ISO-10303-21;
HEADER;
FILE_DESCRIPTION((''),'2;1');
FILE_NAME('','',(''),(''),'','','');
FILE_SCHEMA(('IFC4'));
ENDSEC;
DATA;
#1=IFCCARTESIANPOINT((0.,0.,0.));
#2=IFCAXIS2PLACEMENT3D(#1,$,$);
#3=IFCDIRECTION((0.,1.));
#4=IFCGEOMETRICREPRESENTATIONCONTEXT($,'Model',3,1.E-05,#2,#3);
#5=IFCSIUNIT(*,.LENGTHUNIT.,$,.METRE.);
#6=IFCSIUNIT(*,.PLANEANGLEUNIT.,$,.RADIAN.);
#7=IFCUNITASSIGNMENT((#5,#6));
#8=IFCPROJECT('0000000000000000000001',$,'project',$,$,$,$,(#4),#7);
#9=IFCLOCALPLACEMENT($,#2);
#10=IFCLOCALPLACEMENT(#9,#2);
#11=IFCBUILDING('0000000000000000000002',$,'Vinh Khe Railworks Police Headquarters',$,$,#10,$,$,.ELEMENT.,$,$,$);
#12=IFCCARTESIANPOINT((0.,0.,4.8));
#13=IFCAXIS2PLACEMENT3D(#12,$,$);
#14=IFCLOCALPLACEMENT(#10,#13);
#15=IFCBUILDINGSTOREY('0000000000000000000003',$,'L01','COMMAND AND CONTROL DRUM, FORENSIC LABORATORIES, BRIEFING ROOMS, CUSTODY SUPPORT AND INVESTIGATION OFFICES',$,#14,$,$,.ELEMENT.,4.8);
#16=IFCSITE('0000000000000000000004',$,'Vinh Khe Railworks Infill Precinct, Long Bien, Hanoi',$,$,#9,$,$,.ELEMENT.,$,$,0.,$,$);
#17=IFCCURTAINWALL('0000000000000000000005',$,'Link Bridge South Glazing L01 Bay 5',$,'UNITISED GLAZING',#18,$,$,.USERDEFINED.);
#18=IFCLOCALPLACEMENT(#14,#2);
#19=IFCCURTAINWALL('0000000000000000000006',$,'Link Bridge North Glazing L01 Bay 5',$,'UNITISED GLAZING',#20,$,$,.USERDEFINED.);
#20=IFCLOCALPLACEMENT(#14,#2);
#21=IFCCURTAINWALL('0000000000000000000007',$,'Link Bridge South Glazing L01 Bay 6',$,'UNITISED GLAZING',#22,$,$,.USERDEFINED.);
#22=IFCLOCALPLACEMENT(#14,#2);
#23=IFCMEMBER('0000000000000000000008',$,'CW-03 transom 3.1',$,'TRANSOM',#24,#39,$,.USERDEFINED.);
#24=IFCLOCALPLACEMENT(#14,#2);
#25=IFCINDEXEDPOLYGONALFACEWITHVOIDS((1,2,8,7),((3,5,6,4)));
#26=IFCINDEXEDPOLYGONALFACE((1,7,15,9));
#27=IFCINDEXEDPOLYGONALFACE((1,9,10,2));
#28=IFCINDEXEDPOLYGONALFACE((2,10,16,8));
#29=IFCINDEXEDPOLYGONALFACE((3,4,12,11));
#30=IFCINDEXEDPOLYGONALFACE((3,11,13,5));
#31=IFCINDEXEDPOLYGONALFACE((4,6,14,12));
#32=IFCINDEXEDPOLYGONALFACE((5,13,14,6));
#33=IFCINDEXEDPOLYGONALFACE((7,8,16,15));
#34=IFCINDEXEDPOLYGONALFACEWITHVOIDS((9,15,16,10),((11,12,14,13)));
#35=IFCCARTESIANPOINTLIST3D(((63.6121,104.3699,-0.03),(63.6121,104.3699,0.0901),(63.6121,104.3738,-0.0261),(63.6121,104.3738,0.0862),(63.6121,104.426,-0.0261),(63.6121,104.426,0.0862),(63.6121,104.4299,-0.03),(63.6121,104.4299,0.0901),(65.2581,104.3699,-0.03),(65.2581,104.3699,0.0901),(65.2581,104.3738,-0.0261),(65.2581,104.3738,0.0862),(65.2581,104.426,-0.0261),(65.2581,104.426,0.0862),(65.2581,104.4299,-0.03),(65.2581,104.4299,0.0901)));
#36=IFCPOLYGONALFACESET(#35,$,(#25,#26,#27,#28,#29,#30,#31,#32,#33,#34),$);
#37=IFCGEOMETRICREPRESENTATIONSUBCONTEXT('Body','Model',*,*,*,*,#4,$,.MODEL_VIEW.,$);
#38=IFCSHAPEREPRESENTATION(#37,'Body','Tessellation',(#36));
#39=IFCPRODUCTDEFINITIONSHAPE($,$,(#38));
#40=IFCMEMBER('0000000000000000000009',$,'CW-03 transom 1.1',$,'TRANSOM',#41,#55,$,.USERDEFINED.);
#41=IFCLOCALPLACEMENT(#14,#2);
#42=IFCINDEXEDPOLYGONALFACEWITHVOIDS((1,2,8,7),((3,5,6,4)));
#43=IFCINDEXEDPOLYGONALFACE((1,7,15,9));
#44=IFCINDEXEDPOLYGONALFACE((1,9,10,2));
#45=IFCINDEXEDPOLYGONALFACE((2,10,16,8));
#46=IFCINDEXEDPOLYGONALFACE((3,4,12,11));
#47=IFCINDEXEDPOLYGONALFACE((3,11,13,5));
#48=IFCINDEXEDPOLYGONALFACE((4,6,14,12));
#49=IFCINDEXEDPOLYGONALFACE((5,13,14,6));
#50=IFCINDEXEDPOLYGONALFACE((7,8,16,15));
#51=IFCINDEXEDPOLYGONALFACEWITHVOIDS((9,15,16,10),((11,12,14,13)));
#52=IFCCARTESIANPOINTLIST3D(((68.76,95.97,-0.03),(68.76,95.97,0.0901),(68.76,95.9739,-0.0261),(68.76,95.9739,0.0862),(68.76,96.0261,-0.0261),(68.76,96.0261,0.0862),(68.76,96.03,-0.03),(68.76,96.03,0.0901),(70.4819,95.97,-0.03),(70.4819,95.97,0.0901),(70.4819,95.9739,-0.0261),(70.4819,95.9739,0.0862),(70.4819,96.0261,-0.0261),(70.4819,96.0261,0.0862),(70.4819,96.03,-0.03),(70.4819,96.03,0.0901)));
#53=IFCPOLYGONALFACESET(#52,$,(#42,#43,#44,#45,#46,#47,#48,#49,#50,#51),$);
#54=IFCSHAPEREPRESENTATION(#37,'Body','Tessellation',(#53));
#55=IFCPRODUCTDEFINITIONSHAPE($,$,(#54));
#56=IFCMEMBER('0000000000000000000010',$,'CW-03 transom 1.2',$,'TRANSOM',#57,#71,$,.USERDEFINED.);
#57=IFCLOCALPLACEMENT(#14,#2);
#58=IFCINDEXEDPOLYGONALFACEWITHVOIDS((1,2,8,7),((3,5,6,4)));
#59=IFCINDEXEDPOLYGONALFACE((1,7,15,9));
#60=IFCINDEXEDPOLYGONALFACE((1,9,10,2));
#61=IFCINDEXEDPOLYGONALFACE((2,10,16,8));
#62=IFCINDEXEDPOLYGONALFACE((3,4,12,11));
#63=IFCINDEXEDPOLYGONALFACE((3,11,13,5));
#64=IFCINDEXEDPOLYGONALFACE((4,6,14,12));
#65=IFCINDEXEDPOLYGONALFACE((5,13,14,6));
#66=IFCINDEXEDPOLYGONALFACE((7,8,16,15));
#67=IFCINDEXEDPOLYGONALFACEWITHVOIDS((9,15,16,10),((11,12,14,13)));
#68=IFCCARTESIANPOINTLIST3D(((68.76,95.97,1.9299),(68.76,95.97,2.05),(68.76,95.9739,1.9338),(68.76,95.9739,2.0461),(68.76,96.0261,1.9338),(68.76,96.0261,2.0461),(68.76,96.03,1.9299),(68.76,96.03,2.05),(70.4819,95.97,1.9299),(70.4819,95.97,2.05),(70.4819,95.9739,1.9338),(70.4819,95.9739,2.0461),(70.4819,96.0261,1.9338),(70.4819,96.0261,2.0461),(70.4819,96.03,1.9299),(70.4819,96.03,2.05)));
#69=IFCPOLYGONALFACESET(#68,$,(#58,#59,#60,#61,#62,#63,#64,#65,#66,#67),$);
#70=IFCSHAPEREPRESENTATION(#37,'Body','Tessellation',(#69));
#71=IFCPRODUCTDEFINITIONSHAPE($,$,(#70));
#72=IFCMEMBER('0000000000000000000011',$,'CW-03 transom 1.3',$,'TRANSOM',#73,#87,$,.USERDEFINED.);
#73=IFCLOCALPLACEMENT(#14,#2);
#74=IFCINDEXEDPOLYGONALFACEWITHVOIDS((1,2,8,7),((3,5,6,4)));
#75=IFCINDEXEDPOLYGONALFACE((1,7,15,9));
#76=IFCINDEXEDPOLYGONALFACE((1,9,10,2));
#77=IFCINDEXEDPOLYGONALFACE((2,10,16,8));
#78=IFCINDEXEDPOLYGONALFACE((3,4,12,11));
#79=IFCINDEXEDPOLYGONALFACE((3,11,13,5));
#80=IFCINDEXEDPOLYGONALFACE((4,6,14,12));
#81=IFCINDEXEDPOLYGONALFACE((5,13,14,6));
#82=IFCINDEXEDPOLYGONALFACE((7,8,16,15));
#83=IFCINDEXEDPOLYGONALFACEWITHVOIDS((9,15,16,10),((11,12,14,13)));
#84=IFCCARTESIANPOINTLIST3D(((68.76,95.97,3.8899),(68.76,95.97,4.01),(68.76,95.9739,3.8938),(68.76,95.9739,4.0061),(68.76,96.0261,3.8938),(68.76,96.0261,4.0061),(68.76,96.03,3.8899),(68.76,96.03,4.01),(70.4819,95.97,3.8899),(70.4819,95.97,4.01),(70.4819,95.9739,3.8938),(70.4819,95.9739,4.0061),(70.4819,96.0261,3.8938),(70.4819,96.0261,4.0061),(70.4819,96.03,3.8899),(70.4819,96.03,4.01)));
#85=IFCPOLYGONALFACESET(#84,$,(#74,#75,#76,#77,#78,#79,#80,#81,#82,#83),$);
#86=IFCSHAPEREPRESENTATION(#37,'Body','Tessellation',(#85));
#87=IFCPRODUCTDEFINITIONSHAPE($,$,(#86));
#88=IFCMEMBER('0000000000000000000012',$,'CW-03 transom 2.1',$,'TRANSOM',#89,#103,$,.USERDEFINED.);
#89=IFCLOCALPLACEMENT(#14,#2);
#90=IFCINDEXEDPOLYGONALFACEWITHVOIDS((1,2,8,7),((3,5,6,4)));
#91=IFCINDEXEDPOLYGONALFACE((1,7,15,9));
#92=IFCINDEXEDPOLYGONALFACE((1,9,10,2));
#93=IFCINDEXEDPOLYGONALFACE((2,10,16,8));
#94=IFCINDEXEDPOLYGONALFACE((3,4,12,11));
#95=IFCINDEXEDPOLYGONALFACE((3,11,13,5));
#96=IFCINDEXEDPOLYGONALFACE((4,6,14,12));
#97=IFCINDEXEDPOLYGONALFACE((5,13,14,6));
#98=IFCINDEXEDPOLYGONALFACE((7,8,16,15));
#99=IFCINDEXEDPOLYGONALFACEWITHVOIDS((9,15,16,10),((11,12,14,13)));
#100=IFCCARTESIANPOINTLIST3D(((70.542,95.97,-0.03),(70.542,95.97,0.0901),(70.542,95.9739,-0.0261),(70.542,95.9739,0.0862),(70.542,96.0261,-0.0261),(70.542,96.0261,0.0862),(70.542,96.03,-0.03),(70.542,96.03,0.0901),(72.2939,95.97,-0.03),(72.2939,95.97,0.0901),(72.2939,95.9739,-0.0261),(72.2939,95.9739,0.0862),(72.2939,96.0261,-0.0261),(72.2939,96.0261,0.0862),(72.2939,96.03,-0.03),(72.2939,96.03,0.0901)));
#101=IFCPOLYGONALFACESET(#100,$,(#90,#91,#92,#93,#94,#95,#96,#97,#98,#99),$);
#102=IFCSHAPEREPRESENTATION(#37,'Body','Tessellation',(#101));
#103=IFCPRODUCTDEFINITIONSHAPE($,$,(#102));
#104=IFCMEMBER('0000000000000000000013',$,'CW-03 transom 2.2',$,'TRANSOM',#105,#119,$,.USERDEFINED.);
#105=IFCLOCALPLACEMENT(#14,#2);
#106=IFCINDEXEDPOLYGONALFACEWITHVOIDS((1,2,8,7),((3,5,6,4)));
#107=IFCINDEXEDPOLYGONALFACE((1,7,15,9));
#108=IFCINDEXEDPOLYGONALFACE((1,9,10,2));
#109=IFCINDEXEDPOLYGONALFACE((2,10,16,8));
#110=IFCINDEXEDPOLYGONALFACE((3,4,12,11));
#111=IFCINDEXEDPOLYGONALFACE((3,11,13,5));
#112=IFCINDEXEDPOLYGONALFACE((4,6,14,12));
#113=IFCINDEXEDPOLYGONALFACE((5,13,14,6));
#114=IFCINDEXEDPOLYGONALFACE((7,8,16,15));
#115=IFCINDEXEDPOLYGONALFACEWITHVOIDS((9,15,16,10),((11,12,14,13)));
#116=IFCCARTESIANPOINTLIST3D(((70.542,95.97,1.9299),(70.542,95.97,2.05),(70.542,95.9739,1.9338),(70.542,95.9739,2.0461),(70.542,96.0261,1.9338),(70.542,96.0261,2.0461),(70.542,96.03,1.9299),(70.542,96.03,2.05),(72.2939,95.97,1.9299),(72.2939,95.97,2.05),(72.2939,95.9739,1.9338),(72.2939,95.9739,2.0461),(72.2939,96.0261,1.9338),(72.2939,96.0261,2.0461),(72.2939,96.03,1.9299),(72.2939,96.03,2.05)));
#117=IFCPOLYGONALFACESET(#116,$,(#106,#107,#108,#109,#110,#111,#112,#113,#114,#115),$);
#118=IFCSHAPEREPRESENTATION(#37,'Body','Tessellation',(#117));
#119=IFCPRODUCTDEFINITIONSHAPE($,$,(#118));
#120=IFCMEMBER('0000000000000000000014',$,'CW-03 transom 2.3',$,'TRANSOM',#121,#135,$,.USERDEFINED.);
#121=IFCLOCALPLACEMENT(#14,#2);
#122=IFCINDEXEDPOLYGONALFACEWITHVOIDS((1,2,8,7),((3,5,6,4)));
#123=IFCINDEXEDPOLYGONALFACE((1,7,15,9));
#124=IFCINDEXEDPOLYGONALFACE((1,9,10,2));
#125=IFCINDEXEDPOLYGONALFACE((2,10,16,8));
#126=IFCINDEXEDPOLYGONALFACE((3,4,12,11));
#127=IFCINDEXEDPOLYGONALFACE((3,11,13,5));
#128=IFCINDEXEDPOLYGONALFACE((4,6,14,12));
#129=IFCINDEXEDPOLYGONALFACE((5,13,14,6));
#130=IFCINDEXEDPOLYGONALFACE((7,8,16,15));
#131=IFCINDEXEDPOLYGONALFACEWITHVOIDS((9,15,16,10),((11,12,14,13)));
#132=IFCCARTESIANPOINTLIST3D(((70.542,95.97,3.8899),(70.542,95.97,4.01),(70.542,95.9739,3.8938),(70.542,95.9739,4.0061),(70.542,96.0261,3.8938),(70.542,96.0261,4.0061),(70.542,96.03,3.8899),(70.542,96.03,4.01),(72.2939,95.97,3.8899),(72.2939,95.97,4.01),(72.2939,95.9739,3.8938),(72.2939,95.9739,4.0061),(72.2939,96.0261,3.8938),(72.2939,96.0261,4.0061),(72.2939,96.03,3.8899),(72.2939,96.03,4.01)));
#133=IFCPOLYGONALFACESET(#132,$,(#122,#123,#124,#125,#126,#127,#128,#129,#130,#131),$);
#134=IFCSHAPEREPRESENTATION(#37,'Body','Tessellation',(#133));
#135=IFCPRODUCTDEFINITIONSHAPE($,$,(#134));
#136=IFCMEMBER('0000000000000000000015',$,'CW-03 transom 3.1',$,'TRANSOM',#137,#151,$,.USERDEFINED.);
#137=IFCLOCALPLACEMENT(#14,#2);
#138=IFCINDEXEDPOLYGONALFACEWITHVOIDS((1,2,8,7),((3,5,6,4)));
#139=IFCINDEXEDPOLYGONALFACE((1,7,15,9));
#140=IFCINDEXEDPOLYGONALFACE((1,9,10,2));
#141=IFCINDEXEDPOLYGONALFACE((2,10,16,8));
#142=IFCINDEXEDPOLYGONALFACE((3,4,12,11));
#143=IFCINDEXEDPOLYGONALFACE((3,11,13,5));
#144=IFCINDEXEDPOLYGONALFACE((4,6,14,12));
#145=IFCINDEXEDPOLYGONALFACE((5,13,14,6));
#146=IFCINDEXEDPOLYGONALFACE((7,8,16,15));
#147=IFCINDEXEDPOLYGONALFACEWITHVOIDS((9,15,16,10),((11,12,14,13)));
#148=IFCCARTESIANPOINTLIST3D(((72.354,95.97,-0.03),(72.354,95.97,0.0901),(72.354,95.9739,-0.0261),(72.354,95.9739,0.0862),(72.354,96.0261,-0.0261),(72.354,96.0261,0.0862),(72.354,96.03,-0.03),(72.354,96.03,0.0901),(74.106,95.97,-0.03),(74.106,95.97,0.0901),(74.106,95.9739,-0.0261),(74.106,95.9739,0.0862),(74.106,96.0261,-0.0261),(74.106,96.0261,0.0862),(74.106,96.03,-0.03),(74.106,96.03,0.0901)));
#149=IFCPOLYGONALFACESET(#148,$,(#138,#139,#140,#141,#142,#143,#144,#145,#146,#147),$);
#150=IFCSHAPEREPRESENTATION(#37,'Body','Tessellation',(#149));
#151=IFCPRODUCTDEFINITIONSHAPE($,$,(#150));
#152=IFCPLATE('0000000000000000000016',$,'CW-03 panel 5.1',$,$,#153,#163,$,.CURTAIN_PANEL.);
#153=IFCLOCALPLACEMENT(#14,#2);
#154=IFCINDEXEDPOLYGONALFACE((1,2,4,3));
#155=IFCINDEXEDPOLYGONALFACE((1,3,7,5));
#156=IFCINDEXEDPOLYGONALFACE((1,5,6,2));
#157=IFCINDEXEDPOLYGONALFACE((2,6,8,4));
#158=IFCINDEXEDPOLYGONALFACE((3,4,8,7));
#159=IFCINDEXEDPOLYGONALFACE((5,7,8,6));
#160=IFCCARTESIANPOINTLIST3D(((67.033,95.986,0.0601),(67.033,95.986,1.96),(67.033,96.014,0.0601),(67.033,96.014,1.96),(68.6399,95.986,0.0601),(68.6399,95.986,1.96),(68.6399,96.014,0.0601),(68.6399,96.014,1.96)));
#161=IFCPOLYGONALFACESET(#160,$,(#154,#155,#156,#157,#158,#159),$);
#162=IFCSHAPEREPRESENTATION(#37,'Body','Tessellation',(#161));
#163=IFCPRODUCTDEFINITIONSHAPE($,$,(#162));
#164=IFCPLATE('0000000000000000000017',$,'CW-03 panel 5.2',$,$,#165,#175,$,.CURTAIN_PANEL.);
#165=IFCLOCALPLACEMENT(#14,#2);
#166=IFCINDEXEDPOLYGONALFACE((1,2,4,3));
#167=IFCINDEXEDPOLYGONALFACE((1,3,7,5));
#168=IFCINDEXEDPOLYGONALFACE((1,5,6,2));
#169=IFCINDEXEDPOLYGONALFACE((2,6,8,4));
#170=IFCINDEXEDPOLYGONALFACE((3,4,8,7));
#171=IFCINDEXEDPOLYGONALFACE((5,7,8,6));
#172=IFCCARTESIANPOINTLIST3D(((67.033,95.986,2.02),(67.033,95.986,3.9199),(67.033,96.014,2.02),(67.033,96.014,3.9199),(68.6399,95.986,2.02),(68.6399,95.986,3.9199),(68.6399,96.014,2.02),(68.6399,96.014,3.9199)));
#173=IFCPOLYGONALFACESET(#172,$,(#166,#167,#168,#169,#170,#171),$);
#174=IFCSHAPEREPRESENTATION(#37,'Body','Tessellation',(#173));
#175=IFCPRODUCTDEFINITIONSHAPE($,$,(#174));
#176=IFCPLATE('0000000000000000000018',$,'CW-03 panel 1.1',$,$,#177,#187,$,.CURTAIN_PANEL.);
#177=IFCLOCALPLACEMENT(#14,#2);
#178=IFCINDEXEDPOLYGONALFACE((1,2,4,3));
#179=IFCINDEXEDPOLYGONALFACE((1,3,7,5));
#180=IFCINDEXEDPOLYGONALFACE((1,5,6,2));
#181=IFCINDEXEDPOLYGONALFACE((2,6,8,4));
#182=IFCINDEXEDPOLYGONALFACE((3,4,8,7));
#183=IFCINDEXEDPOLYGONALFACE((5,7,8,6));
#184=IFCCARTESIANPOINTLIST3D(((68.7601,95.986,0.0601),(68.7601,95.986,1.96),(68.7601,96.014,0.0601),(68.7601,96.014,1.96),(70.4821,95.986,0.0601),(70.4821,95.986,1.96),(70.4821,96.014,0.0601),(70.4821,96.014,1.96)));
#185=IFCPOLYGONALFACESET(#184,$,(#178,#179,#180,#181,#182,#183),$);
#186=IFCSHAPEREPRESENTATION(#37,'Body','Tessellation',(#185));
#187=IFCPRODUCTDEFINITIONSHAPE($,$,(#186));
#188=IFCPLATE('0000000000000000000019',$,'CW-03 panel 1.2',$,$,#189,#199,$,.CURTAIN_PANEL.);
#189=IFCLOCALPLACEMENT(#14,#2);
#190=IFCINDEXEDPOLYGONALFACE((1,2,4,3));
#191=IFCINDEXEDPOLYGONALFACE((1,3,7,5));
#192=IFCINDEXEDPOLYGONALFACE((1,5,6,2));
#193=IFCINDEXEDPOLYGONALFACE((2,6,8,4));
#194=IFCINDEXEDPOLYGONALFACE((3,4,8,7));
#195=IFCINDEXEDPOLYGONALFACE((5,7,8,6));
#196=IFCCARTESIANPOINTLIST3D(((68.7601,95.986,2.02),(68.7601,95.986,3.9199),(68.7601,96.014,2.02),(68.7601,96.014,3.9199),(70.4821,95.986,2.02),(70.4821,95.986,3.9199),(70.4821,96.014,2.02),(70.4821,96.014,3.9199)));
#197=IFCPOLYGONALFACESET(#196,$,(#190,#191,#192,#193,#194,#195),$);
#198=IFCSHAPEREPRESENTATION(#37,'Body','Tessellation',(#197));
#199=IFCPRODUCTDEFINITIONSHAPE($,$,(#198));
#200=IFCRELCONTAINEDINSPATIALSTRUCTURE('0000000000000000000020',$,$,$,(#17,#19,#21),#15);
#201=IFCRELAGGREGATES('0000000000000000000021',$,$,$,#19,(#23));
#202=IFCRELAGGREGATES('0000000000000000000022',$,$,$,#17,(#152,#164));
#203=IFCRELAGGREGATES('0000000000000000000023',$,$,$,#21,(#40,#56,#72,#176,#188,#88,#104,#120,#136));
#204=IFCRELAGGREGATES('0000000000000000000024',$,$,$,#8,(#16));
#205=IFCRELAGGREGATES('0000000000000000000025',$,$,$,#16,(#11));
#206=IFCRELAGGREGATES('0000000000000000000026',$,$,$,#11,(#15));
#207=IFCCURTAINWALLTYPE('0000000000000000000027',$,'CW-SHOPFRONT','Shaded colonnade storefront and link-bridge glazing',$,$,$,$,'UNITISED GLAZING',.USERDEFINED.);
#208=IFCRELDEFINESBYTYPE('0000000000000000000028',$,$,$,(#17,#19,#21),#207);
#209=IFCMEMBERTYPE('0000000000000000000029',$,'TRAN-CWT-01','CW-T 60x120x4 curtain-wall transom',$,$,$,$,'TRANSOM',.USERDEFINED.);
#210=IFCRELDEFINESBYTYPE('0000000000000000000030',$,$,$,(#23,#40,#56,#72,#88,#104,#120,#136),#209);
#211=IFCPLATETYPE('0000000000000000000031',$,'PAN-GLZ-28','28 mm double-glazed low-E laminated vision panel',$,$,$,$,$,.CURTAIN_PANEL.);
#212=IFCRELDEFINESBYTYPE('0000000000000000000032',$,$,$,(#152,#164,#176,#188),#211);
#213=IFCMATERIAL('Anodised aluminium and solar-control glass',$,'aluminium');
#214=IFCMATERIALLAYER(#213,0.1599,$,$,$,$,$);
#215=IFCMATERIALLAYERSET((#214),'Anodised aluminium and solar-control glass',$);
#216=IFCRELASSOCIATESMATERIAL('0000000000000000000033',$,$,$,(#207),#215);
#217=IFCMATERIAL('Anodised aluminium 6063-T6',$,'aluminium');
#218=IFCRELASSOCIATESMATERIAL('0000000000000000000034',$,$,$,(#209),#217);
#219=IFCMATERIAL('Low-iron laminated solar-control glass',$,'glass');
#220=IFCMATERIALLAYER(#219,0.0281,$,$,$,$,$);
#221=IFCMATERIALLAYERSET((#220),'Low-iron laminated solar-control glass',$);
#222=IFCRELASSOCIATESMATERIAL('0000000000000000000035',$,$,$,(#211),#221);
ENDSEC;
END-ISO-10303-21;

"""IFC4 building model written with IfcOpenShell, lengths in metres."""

from ifc_helpers import new_model, si_unit, direction, frame, origin, origin_2d, place, context, subcontext, project, spatial, rectangle, hollow_rectangle, extrude, material, layer, layer_set, material_profile, profile_set, type_object, element, aggregate, save


model = new_model("IFC4")

# Units and contexts
model_context = context("Model", 3, precision=1e-05, world=origin(), true_north=direction((0.0, 1.0)))
body_context = subcontext(model_context, "Body", "Model", "MODEL_VIEW")
ifc_project = project(units=[si_unit("LENGTHUNIT", "METRE"), si_unit("PLANEANGLEUNIT", "RADIAN")], contexts=[model_context])

# Site, building, storey
site_placement = place(None, origin())
site = spatial("IfcSite", under=ifc_project, at=site_placement, Name="Vinh Khe Railworks Infill Precinct, Long Bien, Hanoi", CompositionType="ELEMENT", RefElevation=0.0)
building_placement = place(site_placement, origin())
building = spatial("IfcBuilding", under=site, at=building_placement, Name="Vinh Khe Railworks Police Headquarters", CompositionType="ELEMENT")
storey_placement = place(building_placement, frame((0.0, 0.0, 4.8)))
storey = spatial("IfcBuildingStorey", under=building, at=storey_placement, Name="L01", Description="COMMAND AND CONTROL DRUM, FORENSIC LABORATORIES, BRIEFING ROOMS, CUSTODY SUPPORT AND INVESTIGATION OFFICES", CompositionType="ELEMENT", Elevation=4.8)

# Curtain walls
ifc_material_1 = material(Name="Anodised aluminium and solar-control glass", Category="aluminium")
ifc_layer_1 = layer(ifc_material_1, 0.1599)
ifc_layer_set_1 = layer_set([ifc_layer_1], Name="Anodised aluminium and solar-control glass")
curtain_wall_type = type_object("IfcCurtainWallType", Name="CW-SHOPFRONT", Description="Shaded colonnade storefront and link-bridge glazing", ElementType="UNITISED GLAZING", PredefinedType="USERDEFINED", material=ifc_layer_set_1)
curtain_wall_1_placement = place(storey_placement, origin())
curtain_wall_1 = element("IfcCurtainWall", 1, at=curtain_wall_1_placement, inside=storey, type_object=curtain_wall_type, Name="Link Bridge South Glazing L01 Bay 5", ObjectType="UNITISED GLAZING", PredefinedType="USERDEFINED")
ifc_material_2 = material(Name="Anodised aluminium 6063-T6", Category="aluminium")
curtain_wall_2_placement = place(storey_placement, origin())
curtain_wall_2 = element("IfcCurtainWall", 2, at=curtain_wall_2_placement, inside=storey, type_object=curtain_wall_type, Name="Link Bridge North Glazing L01 Bay 5", ObjectType="UNITISED GLAZING", PredefinedType="USERDEFINED")

# Curtain wall
curtain_wall_3_placement = place(storey_placement, origin())
curtain_wall_3 = element("IfcCurtainWall", 3, at=curtain_wall_3_placement, inside=storey, type_object=curtain_wall_type, Name="Link Bridge South Glazing L01 Bay 6", ObjectType="UNITISED GLAZING", PredefinedType="USERDEFINED")

# Members
ifc_material_profile_1 = material_profile(ifc_material_2, hollow_rectangle(XDim=0.0601, YDim=0.1201, WallThickness=0.0039, at=origin_2d()), Name="CW-T 60x120x4")
ifc_profile_set_1 = profile_set([ifc_material_profile_1], Name="Anodised aluminium 6063-T6")
member_type_1 = type_object("IfcMemberType", Name="TRAN-CWT-01", Description="CW-T 60x120x4 curtain-wall transom", ElementType="TRANSOM", PredefinedType="USERDEFINED", material=ifc_profile_set_1)
member_1_placement = place(storey_placement, frame((63.6121, 104.3999, 0.03), z_axis=(1.0, 0.0, 0.0), x_axis=(0.0, 1.0, 0.0)))
member_1 = element("IfcMember", 4, at=member_1_placement, type_object=member_type_1, Name="CW-03 transom 3.1", ObjectType="TRANSOM", PredefinedType="USERDEFINED", context=body_context, shape_type="SweptSolid", body=[
    extrude(hollow_rectangle(XDim=0.0601, YDim=0.1201, WallThickness=0.0039, at=origin_2d()), origin(), (0.0, 0.0, 1.0), 1.646),
])
aggregate(curtain_wall_2, [member_1])
member_2_placement = place(storey_placement, frame((68.76, 96.0, 0.03), z_axis=(1.0, 0.0, 0.0), x_axis=(0.0, 1.0, 0.0)))
member_2 = element("IfcMember", 5, at=member_2_placement, type_object=member_type_1, Name="CW-03 transom 1.1", ObjectType="TRANSOM", PredefinedType="USERDEFINED", context=body_context, shape_type="SweptSolid", body=[
    extrude(hollow_rectangle(XDim=0.0601, YDim=0.1201, WallThickness=0.0039, at=origin_2d()), origin(), (0.0, 0.0, 1.0), 1.7219),
])
member_3_placement = place(storey_placement, frame((68.76, 96.0, 1.99), z_axis=(1.0, 0.0, 0.0), x_axis=(0.0, 1.0, 0.0)))
member_3 = element("IfcMember", 6, at=member_3_placement, type_object=member_type_1, Name="CW-03 transom 1.2", ObjectType="TRANSOM", PredefinedType="USERDEFINED", context=body_context, shape_type="SweptSolid", body=[
    extrude(hollow_rectangle(XDim=0.0601, YDim=0.1201, WallThickness=0.0039, at=origin_2d()), origin(), (0.0, 0.0, 1.0), 1.7219),
])
member_4_placement = place(storey_placement, frame((68.76, 96.0, 3.95), z_axis=(1.0, 0.0, 0.0), x_axis=(0.0, 1.0, 0.0)))
member_4 = element("IfcMember", 7, at=member_4_placement, type_object=member_type_1, Name="CW-03 transom 1.3", ObjectType="TRANSOM", PredefinedType="USERDEFINED", context=body_context, shape_type="SweptSolid", body=[
    extrude(hollow_rectangle(XDim=0.0601, YDim=0.1201, WallThickness=0.0039, at=origin_2d()), origin(), (0.0, 0.0, 1.0), 1.7219),
])
member_5_placement = place(storey_placement, frame((70.542, 96.0, 0.03), z_axis=(1.0, 0.0, 0.0), x_axis=(0.0, 1.0, 0.0)))
member_5 = element("IfcMember", 8, at=member_5_placement, type_object=member_type_1, Name="CW-03 transom 2.1", ObjectType="TRANSOM", PredefinedType="USERDEFINED", context=body_context, shape_type="SweptSolid", body=[
    extrude(hollow_rectangle(XDim=0.0601, YDim=0.1201, WallThickness=0.0039, at=origin_2d()), origin(), (0.0, 0.0, 1.0), 1.752),
])
member_6_placement = place(storey_placement, frame((70.542, 96.0, 1.99), z_axis=(1.0, 0.0, 0.0), x_axis=(0.0, 1.0, 0.0)))
member_6 = element("IfcMember", 9, at=member_6_placement, type_object=member_type_1, Name="CW-03 transom 2.2", ObjectType="TRANSOM", PredefinedType="USERDEFINED", context=body_context, shape_type="SweptSolid", body=[
    extrude(hollow_rectangle(XDim=0.0601, YDim=0.1201, WallThickness=0.0039, at=origin_2d()), origin(), (0.0, 0.0, 1.0), 1.752),
])
member_7_placement = place(storey_placement, frame((70.542, 96.0, 3.95), z_axis=(1.0, 0.0, 0.0), x_axis=(0.0, 1.0, 0.0)))
member_7 = element("IfcMember", 10, at=member_7_placement, type_object=member_type_1, Name="CW-03 transom 2.3", ObjectType="TRANSOM", PredefinedType="USERDEFINED", context=body_context, shape_type="SweptSolid", body=[
    extrude(hollow_rectangle(XDim=0.0601, YDim=0.1201, WallThickness=0.0039, at=origin_2d()), origin(), (0.0, 0.0, 1.0), 1.752),
])
member_8_placement = place(storey_placement, frame((72.354, 96.0, 0.03), z_axis=(1.0, 0.0, 0.0), x_axis=(0.0, 1.0, 0.0)))
member_8 = element("IfcMember", 11, at=member_8_placement, type_object=member_type_1, Name="CW-03 transom 3.1", ObjectType="TRANSOM", PredefinedType="USERDEFINED", context=body_context, shape_type="SweptSolid", body=[
    extrude(hollow_rectangle(XDim=0.0601, YDim=0.1201, WallThickness=0.0039, at=origin_2d()), origin(), (0.0, 0.0, 1.0), 1.752),
])

# Plates
ifc_material_3 = material(Name="Low-iron laminated solar-control glass", Category="glass")
ifc_layer_2 = layer(ifc_material_3, 0.0281)
ifc_layer_set_2 = layer_set([ifc_layer_2], Name="Low-iron laminated solar-control glass")
plate_type = type_object("IfcPlateType", Name="PAN-GLZ-28", Description="28 mm double-glazed low-E laminated vision panel", PredefinedType="CURTAIN_PANEL", material=ifc_layer_set_2)
plate_1_placement = place(storey_placement, frame((67.8364, 96.0, 0.0601), z_axis=(0.0, 0.0, 1.0), x_axis=(1.0, 0.0, 0.0)))
plate_1 = element("IfcPlate", 12, at=plate_1_placement, type_object=plate_type, Name="CW-03 panel 5.1", PredefinedType="CURTAIN_PANEL", context=body_context, shape_type="SweptSolid", body=[
    extrude(rectangle(XDim=1.6069, YDim=0.0281, at=origin_2d()), origin(), (0.0, 0.0, 1.0), 1.8999),
])
plate_2_placement = place(storey_placement, frame((67.8364, 96.0, 2.02), z_axis=(0.0, 0.0, 1.0), x_axis=(1.0, 0.0, 0.0)))
plate_2 = element("IfcPlate", 13, at=plate_2_placement, type_object=plate_type, Name="CW-03 panel 5.2", PredefinedType="CURTAIN_PANEL", context=body_context, shape_type="SweptSolid", body=[
    extrude(rectangle(XDim=1.6069, YDim=0.0281, at=origin_2d()), origin(), (0.0, 0.0, 1.0), 1.8999),
])
aggregate(curtain_wall_1, [plate_1, plate_2])
plate_3_placement = place(storey_placement, frame((69.6211, 96.0, 0.0601), z_axis=(0.0, 0.0, 1.0), x_axis=(1.0, 0.0, 0.0)))
plate_3 = element("IfcPlate", 14, at=plate_3_placement, type_object=plate_type, Name="CW-03 panel 1.1", PredefinedType="CURTAIN_PANEL", context=body_context, shape_type="SweptSolid", body=[
    extrude(rectangle(XDim=1.7219, YDim=0.0281, at=origin_2d()), origin(), (0.0, 0.0, 1.0), 1.8999),
])
plate_4_placement = place(storey_placement, frame((69.6211, 96.0, 2.02), z_axis=(0.0, 0.0, 1.0), x_axis=(1.0, 0.0, 0.0)))
plate_4 = element("IfcPlate", 15, at=plate_4_placement, type_object=plate_type, Name="CW-03 panel 1.2", PredefinedType="CURTAIN_PANEL", context=body_context, shape_type="SweptSolid", body=[
    extrude(rectangle(XDim=1.7219, YDim=0.0281, at=origin_2d()), origin(), (0.0, 0.0, 1.0), 1.8999),
])
aggregate(curtain_wall_3, [member_2, member_3, member_4, plate_3, plate_4, member_5, member_6, member_7, member_8])

save(model, "model.ifc")
